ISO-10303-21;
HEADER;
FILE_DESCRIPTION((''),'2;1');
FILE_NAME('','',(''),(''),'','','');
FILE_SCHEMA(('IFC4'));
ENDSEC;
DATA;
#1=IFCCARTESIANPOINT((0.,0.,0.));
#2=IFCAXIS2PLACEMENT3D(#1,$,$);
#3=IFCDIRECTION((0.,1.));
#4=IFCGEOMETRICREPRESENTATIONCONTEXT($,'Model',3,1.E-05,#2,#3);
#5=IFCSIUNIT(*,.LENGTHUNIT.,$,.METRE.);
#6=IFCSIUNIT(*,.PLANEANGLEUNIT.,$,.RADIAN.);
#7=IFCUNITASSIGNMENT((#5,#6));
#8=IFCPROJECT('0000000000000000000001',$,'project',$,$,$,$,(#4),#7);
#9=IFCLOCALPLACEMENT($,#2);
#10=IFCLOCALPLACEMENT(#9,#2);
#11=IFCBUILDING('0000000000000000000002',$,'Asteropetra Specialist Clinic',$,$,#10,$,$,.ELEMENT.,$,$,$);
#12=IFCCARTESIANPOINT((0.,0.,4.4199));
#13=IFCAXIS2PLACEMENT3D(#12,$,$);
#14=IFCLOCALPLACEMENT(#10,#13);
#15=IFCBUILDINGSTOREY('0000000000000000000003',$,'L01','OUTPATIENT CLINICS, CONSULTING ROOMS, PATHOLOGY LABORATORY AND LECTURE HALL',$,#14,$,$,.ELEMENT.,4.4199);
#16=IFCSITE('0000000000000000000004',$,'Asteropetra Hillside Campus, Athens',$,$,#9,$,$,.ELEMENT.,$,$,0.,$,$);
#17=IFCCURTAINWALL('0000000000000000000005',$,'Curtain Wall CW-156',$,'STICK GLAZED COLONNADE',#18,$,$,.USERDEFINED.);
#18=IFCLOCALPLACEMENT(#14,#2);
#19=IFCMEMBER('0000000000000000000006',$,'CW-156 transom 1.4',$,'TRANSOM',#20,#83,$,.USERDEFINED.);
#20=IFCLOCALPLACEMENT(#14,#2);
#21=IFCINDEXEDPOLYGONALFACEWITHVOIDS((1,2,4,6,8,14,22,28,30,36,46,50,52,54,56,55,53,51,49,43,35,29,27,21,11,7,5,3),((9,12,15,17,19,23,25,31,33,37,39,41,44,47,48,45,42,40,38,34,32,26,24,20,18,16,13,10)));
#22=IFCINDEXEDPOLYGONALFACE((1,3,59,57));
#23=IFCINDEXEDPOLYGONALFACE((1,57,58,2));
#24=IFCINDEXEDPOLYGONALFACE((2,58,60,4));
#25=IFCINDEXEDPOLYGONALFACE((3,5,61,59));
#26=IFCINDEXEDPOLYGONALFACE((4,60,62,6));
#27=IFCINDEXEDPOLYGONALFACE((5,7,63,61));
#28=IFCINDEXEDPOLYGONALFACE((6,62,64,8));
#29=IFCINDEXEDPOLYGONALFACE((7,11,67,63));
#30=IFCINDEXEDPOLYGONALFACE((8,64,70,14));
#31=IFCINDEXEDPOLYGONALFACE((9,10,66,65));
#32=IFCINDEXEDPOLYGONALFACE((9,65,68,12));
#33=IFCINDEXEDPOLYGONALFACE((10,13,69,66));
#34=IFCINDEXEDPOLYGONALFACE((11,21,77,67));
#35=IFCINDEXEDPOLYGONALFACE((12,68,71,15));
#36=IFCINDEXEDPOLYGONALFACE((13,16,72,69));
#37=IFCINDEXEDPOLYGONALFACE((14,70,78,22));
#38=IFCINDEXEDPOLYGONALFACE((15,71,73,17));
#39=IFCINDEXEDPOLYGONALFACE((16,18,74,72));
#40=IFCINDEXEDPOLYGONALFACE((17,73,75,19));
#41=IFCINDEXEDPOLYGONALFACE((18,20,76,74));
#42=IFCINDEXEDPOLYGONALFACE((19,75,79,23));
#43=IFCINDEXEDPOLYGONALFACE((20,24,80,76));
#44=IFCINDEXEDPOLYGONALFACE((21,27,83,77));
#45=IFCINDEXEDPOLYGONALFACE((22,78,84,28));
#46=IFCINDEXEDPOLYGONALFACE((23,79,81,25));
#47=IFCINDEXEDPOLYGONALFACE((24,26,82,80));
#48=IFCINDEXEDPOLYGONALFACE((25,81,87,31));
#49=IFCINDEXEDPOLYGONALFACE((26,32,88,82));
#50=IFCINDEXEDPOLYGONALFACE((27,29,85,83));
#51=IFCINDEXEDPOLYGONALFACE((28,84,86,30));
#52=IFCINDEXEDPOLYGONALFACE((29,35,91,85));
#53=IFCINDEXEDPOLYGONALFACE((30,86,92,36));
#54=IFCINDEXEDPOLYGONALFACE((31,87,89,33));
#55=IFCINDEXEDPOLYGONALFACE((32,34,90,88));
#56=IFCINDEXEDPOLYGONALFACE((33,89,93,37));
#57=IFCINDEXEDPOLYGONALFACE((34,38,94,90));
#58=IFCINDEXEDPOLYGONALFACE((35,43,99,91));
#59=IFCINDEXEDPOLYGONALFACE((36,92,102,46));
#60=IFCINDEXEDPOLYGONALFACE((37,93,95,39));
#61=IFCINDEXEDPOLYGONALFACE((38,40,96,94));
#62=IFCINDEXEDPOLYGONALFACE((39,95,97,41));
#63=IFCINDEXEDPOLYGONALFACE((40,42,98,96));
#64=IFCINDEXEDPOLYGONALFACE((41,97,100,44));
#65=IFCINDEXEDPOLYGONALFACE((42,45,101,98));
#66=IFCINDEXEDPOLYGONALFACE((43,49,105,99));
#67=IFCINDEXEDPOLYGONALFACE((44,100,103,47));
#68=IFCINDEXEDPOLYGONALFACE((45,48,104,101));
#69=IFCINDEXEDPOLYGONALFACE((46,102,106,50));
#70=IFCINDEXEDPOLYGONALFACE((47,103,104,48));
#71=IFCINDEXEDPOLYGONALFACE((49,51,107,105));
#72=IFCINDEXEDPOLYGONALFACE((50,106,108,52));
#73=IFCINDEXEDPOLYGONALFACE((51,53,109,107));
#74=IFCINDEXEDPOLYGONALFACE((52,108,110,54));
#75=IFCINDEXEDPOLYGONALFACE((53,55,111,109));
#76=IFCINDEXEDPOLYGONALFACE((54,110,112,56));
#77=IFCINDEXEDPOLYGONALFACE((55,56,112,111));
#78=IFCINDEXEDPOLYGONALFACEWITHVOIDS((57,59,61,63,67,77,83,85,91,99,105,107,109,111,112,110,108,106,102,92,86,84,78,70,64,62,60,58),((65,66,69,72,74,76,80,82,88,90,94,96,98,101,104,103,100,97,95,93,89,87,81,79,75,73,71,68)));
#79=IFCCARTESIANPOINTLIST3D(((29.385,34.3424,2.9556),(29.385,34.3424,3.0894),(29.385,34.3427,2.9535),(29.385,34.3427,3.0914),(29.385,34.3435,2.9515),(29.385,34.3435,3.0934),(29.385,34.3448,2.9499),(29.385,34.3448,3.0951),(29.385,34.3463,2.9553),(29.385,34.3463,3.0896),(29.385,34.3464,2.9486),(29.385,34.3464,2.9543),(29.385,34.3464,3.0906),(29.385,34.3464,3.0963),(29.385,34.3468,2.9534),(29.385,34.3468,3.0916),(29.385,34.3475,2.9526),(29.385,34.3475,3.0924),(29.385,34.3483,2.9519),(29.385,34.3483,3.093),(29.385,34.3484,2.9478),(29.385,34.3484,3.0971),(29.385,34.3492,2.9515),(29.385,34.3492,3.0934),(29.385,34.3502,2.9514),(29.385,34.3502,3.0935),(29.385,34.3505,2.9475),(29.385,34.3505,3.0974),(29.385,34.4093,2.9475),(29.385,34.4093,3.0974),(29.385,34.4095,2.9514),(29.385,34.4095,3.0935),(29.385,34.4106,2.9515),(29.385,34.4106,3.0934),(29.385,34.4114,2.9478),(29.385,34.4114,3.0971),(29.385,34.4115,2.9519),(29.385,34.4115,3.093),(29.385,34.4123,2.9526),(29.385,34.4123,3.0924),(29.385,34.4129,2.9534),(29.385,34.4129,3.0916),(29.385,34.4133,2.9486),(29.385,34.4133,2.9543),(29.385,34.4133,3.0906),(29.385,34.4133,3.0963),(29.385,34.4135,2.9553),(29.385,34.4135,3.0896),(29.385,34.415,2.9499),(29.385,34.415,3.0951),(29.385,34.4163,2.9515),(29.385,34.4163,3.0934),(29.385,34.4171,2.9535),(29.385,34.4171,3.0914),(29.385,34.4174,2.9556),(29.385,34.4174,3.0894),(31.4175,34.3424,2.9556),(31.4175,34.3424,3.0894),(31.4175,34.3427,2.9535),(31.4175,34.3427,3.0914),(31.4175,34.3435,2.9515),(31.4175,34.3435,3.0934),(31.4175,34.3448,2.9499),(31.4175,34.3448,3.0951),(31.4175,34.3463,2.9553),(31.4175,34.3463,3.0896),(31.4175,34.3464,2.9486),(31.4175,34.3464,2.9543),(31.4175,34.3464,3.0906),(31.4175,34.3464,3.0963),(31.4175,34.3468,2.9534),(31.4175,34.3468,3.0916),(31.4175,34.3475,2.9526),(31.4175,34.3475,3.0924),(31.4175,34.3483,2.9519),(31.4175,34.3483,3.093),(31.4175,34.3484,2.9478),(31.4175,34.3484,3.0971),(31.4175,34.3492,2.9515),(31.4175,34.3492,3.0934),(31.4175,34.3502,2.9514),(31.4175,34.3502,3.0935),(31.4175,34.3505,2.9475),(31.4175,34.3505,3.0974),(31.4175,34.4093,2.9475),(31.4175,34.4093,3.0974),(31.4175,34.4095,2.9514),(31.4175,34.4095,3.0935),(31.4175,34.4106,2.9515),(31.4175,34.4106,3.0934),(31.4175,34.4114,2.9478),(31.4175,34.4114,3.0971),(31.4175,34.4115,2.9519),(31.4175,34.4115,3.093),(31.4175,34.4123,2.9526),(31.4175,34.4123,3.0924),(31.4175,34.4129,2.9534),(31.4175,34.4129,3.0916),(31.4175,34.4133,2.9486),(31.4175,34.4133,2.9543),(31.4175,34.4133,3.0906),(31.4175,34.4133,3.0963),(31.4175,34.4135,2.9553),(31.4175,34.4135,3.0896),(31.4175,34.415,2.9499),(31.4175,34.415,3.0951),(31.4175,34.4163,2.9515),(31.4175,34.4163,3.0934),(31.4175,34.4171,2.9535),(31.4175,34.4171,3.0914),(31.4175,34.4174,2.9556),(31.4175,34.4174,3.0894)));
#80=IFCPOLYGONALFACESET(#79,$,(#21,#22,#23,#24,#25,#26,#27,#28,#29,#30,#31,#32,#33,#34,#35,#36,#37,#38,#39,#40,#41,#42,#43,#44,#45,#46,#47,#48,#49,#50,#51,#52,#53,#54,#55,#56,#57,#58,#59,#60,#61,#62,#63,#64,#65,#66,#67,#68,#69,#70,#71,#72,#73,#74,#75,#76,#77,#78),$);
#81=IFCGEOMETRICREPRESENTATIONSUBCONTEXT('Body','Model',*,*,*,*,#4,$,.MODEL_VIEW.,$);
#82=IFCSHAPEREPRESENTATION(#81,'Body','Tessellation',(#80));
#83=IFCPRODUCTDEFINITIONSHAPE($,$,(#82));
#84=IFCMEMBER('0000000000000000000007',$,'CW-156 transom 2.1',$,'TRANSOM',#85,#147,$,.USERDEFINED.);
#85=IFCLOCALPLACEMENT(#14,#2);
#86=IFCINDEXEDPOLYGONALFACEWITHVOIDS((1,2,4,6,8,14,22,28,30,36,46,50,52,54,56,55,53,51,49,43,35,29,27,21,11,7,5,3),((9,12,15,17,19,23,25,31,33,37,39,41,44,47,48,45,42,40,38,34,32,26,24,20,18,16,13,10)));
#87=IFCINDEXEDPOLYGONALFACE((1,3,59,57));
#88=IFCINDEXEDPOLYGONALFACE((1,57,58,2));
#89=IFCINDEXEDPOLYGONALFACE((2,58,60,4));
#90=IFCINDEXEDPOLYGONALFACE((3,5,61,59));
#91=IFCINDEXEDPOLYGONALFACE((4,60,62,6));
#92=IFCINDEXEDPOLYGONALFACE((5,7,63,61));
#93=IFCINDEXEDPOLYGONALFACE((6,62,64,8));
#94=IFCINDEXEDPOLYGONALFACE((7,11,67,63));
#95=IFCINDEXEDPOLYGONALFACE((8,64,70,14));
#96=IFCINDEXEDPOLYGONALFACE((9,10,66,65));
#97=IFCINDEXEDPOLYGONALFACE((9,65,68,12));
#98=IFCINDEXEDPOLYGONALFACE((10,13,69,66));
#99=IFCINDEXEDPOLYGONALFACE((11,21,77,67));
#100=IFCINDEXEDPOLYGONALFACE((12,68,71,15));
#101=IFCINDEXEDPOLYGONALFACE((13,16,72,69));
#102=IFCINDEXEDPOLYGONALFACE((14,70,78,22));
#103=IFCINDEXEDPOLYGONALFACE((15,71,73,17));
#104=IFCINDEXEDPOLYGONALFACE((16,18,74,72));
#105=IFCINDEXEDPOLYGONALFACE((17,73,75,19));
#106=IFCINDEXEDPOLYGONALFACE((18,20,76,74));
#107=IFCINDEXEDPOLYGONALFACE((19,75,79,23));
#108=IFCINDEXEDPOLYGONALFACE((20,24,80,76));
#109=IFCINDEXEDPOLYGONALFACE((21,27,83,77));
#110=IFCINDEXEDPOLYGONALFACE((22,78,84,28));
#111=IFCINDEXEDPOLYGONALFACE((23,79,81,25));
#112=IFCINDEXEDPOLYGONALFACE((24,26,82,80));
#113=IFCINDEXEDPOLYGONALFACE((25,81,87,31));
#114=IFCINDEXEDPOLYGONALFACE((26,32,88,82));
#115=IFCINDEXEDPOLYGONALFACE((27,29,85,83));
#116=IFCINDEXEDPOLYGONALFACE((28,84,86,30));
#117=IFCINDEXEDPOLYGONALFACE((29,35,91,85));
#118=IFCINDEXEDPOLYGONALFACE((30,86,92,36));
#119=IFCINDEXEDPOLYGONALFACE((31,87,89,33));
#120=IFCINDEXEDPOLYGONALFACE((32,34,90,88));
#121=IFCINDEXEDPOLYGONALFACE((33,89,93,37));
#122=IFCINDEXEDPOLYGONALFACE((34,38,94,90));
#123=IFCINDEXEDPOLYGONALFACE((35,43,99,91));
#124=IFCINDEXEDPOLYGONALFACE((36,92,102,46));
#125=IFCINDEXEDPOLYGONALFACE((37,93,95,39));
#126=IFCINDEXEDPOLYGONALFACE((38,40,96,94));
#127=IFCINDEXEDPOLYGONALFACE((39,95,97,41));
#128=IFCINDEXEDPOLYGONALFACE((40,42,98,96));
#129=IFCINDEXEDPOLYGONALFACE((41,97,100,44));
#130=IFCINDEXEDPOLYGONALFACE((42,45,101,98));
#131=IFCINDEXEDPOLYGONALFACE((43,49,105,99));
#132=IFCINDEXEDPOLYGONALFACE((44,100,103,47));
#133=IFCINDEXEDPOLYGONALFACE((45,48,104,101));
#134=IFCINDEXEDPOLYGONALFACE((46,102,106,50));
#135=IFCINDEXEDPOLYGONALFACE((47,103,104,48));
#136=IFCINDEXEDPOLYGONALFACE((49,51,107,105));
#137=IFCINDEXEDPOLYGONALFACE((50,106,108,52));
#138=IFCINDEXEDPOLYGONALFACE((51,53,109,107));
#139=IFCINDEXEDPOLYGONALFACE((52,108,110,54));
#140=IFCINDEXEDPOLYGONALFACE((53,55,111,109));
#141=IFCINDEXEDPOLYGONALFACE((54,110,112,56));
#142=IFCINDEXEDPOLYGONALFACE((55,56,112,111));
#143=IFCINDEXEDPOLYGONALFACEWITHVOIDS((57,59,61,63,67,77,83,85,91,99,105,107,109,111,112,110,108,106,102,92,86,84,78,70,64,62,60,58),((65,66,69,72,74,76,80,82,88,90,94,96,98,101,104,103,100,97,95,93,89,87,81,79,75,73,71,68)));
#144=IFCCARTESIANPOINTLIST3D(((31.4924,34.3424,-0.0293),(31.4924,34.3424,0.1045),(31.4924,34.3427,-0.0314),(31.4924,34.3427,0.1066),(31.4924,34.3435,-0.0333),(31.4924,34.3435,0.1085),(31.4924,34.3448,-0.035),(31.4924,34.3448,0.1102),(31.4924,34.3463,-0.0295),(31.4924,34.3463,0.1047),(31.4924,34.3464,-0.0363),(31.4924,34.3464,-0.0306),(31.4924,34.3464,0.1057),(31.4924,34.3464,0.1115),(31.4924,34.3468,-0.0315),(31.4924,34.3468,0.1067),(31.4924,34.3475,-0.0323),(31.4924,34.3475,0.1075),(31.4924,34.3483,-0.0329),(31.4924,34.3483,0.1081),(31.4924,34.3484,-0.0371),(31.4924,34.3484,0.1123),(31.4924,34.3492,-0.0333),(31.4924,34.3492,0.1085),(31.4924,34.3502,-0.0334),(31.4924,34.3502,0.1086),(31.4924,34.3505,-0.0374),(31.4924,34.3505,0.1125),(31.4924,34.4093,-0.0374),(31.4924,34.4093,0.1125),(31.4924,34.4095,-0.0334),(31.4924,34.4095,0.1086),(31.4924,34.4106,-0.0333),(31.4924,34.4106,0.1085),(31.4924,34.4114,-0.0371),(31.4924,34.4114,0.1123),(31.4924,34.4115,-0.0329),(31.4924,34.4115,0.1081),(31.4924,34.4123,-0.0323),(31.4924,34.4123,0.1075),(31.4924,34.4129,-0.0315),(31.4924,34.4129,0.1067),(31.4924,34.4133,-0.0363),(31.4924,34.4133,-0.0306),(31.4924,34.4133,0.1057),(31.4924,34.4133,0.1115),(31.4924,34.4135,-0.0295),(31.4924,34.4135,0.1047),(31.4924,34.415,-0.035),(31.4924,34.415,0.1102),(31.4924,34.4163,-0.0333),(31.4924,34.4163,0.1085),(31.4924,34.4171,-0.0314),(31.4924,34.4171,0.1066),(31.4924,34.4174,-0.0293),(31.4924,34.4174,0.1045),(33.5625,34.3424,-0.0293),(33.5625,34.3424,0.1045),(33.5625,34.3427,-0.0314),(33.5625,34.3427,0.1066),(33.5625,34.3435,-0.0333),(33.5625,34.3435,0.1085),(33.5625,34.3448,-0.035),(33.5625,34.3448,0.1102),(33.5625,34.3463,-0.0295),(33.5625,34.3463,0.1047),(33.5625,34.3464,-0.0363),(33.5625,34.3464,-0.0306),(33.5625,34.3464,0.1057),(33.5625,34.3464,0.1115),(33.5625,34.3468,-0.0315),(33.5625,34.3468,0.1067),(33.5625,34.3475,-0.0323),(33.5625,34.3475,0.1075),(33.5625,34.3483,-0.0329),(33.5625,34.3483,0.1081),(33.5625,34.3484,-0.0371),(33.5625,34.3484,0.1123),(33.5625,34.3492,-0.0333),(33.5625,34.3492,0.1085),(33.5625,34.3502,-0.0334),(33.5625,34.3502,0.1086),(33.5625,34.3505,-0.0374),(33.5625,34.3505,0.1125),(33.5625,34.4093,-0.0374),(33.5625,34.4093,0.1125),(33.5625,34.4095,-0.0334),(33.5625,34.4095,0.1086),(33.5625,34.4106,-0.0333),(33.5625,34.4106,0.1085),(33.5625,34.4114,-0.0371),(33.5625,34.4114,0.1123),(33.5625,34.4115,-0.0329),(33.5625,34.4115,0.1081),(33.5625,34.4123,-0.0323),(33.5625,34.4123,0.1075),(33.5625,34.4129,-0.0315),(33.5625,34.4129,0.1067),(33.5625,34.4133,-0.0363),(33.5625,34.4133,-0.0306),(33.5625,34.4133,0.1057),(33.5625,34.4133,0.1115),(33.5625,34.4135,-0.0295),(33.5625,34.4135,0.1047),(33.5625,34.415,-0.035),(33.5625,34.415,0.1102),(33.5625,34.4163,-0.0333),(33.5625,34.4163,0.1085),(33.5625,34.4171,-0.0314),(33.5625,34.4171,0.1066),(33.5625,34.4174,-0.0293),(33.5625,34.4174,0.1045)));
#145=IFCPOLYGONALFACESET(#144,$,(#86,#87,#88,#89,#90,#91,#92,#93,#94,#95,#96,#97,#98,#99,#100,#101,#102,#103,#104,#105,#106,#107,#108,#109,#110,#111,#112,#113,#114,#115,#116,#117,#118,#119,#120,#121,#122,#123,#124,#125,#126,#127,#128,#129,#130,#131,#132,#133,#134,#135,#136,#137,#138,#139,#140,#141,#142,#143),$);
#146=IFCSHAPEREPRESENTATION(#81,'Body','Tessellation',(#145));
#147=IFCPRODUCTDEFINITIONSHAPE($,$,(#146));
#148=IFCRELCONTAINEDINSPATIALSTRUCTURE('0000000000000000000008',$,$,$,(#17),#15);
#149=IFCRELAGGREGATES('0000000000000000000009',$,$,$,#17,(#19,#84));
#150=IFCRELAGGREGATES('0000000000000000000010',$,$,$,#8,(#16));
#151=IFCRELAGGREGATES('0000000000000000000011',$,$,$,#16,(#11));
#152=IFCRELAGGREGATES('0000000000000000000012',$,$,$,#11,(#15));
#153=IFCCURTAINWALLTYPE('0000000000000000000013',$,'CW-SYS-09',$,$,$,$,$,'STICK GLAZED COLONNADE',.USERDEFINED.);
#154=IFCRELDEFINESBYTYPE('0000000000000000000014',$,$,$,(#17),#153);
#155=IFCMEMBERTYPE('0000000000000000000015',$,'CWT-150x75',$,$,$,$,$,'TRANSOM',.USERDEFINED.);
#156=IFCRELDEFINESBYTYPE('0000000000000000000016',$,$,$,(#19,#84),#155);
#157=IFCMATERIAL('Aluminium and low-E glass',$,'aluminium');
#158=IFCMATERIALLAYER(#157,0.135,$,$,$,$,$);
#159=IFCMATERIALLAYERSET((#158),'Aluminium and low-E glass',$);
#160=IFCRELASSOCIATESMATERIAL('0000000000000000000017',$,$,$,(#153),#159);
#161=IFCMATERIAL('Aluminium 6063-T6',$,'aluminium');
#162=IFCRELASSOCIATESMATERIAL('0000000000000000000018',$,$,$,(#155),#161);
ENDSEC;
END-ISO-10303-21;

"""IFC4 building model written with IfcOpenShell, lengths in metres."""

from ifc_helpers import new_model, si_unit, direction, frame, origin, origin_2d, place, context, subcontext, project, spatial, hollow_rectangle, extrude, material, layer, layer_set, material_profile, profile_set, type_object, element, aggregate, save


model = new_model("IFC4")

# Units and contexts
model_context = context("Model", 3, precision=1e-05, world=origin(), true_north=direction((0.0, 1.0)))
body_context = subcontext(model_context, "Body", "Model", "MODEL_VIEW")
ifc_project = project(units=[si_unit("LENGTHUNIT", "METRE"), si_unit("PLANEANGLEUNIT", "RADIAN")], contexts=[model_context])

# Site, building, storey
site_placement = place(None, origin())
site = spatial("IfcSite", under=ifc_project, at=site_placement, Name="Asteropetra Hillside Campus, Athens", CompositionType="ELEMENT", RefElevation=0.0)
building_placement = place(site_placement, origin())
building = spatial("IfcBuilding", under=site, at=building_placement, Name="Asteropetra Specialist Clinic", CompositionType="ELEMENT")
storey_placement = place(building_placement, frame((0.0, 0.0, 4.4199)))
storey = spatial("IfcBuildingStorey", under=building, at=storey_placement, Name="L01", Description="OUTPATIENT CLINICS, CONSULTING ROOMS, PATHOLOGY LABORATORY AND LECTURE HALL", CompositionType="ELEMENT", Elevation=4.4199)

# Curtain wall, members
ifc_material_1 = material(Name="Aluminium and low-E glass", Category="aluminium")
ifc_layer_1 = layer(ifc_material_1, 0.135)
ifc_layer_set_1 = layer_set([ifc_layer_1], Name="Aluminium and low-E glass")
curtain_wall_type = type_object("IfcCurtainWallType", Name="CW-SYS-09", ElementType="STICK GLAZED COLONNADE", PredefinedType="USERDEFINED", material=ifc_layer_set_1)
curtain_wall_placement = place(storey_placement, origin())
curtain_wall = element("IfcCurtainWall", 1, at=curtain_wall_placement, inside=storey, type_object=curtain_wall_type, Name="Curtain Wall CW-156", ObjectType="STICK GLAZED COLONNADE", PredefinedType="USERDEFINED")
ifc_material_2 = material(Name="Aluminium 6063-T6", Category="aluminium")
ifc_material_profile_1 = material_profile(ifc_material_2, hollow_rectangle(XDim=0.075, YDim=0.1499, WallThickness=0.0039, InnerFilletRadius=0.0039, OuterFilletRadius=0.0081, at=origin_2d()), Name="TRN 150x75x4.0")
ifc_profile_set_1 = profile_set([ifc_material_profile_1], Name="Aluminium 6063-T6")
member_type_1 = type_object("IfcMemberType", Name="CWT-150x75", ElementType="TRANSOM", PredefinedType="USERDEFINED", material=ifc_profile_set_1)
member_1_placement = place(storey_placement, frame((29.385, 34.3799, 3.0225), z_axis=(1.0, 0.0, 0.0), x_axis=(0.0, 1.0, 0.0)))
member_1 = element("IfcMember", 2, at=member_1_placement, type_object=member_type_1, Name="CW-156 transom 1.4", ObjectType="TRANSOM", PredefinedType="USERDEFINED", context=body_context, shape_type="SweptSolid", body=[
    extrude(hollow_rectangle(XDim=0.075, YDim=0.1499, WallThickness=0.0039, InnerFilletRadius=0.0039, OuterFilletRadius=0.0081, at=origin_2d()), origin(), (0.0, 0.0, 1.0), 2.0325),
])
member_2_placement = place(storey_placement, frame((31.4924, 34.3799, 0.0376), z_axis=(1.0, 0.0, 0.0), x_axis=(0.0, 1.0, 0.0)))
member_2 = element("IfcMember", 3, at=member_2_placement, type_object=member_type_1, Name="CW-156 transom 2.1", ObjectType="TRANSOM", PredefinedType="USERDEFINED", context=body_context, shape_type="SweptSolid", body=[
    extrude(hollow_rectangle(XDim=0.075, YDim=0.1499, WallThickness=0.0039, InnerFilletRadius=0.0039, OuterFilletRadius=0.0081, at=origin_2d()), origin(), (0.0, 0.0, 1.0), 2.0701),
])

aggregate(curtain_wall, [member_1, member_2])

save(model, "model.ifc")
